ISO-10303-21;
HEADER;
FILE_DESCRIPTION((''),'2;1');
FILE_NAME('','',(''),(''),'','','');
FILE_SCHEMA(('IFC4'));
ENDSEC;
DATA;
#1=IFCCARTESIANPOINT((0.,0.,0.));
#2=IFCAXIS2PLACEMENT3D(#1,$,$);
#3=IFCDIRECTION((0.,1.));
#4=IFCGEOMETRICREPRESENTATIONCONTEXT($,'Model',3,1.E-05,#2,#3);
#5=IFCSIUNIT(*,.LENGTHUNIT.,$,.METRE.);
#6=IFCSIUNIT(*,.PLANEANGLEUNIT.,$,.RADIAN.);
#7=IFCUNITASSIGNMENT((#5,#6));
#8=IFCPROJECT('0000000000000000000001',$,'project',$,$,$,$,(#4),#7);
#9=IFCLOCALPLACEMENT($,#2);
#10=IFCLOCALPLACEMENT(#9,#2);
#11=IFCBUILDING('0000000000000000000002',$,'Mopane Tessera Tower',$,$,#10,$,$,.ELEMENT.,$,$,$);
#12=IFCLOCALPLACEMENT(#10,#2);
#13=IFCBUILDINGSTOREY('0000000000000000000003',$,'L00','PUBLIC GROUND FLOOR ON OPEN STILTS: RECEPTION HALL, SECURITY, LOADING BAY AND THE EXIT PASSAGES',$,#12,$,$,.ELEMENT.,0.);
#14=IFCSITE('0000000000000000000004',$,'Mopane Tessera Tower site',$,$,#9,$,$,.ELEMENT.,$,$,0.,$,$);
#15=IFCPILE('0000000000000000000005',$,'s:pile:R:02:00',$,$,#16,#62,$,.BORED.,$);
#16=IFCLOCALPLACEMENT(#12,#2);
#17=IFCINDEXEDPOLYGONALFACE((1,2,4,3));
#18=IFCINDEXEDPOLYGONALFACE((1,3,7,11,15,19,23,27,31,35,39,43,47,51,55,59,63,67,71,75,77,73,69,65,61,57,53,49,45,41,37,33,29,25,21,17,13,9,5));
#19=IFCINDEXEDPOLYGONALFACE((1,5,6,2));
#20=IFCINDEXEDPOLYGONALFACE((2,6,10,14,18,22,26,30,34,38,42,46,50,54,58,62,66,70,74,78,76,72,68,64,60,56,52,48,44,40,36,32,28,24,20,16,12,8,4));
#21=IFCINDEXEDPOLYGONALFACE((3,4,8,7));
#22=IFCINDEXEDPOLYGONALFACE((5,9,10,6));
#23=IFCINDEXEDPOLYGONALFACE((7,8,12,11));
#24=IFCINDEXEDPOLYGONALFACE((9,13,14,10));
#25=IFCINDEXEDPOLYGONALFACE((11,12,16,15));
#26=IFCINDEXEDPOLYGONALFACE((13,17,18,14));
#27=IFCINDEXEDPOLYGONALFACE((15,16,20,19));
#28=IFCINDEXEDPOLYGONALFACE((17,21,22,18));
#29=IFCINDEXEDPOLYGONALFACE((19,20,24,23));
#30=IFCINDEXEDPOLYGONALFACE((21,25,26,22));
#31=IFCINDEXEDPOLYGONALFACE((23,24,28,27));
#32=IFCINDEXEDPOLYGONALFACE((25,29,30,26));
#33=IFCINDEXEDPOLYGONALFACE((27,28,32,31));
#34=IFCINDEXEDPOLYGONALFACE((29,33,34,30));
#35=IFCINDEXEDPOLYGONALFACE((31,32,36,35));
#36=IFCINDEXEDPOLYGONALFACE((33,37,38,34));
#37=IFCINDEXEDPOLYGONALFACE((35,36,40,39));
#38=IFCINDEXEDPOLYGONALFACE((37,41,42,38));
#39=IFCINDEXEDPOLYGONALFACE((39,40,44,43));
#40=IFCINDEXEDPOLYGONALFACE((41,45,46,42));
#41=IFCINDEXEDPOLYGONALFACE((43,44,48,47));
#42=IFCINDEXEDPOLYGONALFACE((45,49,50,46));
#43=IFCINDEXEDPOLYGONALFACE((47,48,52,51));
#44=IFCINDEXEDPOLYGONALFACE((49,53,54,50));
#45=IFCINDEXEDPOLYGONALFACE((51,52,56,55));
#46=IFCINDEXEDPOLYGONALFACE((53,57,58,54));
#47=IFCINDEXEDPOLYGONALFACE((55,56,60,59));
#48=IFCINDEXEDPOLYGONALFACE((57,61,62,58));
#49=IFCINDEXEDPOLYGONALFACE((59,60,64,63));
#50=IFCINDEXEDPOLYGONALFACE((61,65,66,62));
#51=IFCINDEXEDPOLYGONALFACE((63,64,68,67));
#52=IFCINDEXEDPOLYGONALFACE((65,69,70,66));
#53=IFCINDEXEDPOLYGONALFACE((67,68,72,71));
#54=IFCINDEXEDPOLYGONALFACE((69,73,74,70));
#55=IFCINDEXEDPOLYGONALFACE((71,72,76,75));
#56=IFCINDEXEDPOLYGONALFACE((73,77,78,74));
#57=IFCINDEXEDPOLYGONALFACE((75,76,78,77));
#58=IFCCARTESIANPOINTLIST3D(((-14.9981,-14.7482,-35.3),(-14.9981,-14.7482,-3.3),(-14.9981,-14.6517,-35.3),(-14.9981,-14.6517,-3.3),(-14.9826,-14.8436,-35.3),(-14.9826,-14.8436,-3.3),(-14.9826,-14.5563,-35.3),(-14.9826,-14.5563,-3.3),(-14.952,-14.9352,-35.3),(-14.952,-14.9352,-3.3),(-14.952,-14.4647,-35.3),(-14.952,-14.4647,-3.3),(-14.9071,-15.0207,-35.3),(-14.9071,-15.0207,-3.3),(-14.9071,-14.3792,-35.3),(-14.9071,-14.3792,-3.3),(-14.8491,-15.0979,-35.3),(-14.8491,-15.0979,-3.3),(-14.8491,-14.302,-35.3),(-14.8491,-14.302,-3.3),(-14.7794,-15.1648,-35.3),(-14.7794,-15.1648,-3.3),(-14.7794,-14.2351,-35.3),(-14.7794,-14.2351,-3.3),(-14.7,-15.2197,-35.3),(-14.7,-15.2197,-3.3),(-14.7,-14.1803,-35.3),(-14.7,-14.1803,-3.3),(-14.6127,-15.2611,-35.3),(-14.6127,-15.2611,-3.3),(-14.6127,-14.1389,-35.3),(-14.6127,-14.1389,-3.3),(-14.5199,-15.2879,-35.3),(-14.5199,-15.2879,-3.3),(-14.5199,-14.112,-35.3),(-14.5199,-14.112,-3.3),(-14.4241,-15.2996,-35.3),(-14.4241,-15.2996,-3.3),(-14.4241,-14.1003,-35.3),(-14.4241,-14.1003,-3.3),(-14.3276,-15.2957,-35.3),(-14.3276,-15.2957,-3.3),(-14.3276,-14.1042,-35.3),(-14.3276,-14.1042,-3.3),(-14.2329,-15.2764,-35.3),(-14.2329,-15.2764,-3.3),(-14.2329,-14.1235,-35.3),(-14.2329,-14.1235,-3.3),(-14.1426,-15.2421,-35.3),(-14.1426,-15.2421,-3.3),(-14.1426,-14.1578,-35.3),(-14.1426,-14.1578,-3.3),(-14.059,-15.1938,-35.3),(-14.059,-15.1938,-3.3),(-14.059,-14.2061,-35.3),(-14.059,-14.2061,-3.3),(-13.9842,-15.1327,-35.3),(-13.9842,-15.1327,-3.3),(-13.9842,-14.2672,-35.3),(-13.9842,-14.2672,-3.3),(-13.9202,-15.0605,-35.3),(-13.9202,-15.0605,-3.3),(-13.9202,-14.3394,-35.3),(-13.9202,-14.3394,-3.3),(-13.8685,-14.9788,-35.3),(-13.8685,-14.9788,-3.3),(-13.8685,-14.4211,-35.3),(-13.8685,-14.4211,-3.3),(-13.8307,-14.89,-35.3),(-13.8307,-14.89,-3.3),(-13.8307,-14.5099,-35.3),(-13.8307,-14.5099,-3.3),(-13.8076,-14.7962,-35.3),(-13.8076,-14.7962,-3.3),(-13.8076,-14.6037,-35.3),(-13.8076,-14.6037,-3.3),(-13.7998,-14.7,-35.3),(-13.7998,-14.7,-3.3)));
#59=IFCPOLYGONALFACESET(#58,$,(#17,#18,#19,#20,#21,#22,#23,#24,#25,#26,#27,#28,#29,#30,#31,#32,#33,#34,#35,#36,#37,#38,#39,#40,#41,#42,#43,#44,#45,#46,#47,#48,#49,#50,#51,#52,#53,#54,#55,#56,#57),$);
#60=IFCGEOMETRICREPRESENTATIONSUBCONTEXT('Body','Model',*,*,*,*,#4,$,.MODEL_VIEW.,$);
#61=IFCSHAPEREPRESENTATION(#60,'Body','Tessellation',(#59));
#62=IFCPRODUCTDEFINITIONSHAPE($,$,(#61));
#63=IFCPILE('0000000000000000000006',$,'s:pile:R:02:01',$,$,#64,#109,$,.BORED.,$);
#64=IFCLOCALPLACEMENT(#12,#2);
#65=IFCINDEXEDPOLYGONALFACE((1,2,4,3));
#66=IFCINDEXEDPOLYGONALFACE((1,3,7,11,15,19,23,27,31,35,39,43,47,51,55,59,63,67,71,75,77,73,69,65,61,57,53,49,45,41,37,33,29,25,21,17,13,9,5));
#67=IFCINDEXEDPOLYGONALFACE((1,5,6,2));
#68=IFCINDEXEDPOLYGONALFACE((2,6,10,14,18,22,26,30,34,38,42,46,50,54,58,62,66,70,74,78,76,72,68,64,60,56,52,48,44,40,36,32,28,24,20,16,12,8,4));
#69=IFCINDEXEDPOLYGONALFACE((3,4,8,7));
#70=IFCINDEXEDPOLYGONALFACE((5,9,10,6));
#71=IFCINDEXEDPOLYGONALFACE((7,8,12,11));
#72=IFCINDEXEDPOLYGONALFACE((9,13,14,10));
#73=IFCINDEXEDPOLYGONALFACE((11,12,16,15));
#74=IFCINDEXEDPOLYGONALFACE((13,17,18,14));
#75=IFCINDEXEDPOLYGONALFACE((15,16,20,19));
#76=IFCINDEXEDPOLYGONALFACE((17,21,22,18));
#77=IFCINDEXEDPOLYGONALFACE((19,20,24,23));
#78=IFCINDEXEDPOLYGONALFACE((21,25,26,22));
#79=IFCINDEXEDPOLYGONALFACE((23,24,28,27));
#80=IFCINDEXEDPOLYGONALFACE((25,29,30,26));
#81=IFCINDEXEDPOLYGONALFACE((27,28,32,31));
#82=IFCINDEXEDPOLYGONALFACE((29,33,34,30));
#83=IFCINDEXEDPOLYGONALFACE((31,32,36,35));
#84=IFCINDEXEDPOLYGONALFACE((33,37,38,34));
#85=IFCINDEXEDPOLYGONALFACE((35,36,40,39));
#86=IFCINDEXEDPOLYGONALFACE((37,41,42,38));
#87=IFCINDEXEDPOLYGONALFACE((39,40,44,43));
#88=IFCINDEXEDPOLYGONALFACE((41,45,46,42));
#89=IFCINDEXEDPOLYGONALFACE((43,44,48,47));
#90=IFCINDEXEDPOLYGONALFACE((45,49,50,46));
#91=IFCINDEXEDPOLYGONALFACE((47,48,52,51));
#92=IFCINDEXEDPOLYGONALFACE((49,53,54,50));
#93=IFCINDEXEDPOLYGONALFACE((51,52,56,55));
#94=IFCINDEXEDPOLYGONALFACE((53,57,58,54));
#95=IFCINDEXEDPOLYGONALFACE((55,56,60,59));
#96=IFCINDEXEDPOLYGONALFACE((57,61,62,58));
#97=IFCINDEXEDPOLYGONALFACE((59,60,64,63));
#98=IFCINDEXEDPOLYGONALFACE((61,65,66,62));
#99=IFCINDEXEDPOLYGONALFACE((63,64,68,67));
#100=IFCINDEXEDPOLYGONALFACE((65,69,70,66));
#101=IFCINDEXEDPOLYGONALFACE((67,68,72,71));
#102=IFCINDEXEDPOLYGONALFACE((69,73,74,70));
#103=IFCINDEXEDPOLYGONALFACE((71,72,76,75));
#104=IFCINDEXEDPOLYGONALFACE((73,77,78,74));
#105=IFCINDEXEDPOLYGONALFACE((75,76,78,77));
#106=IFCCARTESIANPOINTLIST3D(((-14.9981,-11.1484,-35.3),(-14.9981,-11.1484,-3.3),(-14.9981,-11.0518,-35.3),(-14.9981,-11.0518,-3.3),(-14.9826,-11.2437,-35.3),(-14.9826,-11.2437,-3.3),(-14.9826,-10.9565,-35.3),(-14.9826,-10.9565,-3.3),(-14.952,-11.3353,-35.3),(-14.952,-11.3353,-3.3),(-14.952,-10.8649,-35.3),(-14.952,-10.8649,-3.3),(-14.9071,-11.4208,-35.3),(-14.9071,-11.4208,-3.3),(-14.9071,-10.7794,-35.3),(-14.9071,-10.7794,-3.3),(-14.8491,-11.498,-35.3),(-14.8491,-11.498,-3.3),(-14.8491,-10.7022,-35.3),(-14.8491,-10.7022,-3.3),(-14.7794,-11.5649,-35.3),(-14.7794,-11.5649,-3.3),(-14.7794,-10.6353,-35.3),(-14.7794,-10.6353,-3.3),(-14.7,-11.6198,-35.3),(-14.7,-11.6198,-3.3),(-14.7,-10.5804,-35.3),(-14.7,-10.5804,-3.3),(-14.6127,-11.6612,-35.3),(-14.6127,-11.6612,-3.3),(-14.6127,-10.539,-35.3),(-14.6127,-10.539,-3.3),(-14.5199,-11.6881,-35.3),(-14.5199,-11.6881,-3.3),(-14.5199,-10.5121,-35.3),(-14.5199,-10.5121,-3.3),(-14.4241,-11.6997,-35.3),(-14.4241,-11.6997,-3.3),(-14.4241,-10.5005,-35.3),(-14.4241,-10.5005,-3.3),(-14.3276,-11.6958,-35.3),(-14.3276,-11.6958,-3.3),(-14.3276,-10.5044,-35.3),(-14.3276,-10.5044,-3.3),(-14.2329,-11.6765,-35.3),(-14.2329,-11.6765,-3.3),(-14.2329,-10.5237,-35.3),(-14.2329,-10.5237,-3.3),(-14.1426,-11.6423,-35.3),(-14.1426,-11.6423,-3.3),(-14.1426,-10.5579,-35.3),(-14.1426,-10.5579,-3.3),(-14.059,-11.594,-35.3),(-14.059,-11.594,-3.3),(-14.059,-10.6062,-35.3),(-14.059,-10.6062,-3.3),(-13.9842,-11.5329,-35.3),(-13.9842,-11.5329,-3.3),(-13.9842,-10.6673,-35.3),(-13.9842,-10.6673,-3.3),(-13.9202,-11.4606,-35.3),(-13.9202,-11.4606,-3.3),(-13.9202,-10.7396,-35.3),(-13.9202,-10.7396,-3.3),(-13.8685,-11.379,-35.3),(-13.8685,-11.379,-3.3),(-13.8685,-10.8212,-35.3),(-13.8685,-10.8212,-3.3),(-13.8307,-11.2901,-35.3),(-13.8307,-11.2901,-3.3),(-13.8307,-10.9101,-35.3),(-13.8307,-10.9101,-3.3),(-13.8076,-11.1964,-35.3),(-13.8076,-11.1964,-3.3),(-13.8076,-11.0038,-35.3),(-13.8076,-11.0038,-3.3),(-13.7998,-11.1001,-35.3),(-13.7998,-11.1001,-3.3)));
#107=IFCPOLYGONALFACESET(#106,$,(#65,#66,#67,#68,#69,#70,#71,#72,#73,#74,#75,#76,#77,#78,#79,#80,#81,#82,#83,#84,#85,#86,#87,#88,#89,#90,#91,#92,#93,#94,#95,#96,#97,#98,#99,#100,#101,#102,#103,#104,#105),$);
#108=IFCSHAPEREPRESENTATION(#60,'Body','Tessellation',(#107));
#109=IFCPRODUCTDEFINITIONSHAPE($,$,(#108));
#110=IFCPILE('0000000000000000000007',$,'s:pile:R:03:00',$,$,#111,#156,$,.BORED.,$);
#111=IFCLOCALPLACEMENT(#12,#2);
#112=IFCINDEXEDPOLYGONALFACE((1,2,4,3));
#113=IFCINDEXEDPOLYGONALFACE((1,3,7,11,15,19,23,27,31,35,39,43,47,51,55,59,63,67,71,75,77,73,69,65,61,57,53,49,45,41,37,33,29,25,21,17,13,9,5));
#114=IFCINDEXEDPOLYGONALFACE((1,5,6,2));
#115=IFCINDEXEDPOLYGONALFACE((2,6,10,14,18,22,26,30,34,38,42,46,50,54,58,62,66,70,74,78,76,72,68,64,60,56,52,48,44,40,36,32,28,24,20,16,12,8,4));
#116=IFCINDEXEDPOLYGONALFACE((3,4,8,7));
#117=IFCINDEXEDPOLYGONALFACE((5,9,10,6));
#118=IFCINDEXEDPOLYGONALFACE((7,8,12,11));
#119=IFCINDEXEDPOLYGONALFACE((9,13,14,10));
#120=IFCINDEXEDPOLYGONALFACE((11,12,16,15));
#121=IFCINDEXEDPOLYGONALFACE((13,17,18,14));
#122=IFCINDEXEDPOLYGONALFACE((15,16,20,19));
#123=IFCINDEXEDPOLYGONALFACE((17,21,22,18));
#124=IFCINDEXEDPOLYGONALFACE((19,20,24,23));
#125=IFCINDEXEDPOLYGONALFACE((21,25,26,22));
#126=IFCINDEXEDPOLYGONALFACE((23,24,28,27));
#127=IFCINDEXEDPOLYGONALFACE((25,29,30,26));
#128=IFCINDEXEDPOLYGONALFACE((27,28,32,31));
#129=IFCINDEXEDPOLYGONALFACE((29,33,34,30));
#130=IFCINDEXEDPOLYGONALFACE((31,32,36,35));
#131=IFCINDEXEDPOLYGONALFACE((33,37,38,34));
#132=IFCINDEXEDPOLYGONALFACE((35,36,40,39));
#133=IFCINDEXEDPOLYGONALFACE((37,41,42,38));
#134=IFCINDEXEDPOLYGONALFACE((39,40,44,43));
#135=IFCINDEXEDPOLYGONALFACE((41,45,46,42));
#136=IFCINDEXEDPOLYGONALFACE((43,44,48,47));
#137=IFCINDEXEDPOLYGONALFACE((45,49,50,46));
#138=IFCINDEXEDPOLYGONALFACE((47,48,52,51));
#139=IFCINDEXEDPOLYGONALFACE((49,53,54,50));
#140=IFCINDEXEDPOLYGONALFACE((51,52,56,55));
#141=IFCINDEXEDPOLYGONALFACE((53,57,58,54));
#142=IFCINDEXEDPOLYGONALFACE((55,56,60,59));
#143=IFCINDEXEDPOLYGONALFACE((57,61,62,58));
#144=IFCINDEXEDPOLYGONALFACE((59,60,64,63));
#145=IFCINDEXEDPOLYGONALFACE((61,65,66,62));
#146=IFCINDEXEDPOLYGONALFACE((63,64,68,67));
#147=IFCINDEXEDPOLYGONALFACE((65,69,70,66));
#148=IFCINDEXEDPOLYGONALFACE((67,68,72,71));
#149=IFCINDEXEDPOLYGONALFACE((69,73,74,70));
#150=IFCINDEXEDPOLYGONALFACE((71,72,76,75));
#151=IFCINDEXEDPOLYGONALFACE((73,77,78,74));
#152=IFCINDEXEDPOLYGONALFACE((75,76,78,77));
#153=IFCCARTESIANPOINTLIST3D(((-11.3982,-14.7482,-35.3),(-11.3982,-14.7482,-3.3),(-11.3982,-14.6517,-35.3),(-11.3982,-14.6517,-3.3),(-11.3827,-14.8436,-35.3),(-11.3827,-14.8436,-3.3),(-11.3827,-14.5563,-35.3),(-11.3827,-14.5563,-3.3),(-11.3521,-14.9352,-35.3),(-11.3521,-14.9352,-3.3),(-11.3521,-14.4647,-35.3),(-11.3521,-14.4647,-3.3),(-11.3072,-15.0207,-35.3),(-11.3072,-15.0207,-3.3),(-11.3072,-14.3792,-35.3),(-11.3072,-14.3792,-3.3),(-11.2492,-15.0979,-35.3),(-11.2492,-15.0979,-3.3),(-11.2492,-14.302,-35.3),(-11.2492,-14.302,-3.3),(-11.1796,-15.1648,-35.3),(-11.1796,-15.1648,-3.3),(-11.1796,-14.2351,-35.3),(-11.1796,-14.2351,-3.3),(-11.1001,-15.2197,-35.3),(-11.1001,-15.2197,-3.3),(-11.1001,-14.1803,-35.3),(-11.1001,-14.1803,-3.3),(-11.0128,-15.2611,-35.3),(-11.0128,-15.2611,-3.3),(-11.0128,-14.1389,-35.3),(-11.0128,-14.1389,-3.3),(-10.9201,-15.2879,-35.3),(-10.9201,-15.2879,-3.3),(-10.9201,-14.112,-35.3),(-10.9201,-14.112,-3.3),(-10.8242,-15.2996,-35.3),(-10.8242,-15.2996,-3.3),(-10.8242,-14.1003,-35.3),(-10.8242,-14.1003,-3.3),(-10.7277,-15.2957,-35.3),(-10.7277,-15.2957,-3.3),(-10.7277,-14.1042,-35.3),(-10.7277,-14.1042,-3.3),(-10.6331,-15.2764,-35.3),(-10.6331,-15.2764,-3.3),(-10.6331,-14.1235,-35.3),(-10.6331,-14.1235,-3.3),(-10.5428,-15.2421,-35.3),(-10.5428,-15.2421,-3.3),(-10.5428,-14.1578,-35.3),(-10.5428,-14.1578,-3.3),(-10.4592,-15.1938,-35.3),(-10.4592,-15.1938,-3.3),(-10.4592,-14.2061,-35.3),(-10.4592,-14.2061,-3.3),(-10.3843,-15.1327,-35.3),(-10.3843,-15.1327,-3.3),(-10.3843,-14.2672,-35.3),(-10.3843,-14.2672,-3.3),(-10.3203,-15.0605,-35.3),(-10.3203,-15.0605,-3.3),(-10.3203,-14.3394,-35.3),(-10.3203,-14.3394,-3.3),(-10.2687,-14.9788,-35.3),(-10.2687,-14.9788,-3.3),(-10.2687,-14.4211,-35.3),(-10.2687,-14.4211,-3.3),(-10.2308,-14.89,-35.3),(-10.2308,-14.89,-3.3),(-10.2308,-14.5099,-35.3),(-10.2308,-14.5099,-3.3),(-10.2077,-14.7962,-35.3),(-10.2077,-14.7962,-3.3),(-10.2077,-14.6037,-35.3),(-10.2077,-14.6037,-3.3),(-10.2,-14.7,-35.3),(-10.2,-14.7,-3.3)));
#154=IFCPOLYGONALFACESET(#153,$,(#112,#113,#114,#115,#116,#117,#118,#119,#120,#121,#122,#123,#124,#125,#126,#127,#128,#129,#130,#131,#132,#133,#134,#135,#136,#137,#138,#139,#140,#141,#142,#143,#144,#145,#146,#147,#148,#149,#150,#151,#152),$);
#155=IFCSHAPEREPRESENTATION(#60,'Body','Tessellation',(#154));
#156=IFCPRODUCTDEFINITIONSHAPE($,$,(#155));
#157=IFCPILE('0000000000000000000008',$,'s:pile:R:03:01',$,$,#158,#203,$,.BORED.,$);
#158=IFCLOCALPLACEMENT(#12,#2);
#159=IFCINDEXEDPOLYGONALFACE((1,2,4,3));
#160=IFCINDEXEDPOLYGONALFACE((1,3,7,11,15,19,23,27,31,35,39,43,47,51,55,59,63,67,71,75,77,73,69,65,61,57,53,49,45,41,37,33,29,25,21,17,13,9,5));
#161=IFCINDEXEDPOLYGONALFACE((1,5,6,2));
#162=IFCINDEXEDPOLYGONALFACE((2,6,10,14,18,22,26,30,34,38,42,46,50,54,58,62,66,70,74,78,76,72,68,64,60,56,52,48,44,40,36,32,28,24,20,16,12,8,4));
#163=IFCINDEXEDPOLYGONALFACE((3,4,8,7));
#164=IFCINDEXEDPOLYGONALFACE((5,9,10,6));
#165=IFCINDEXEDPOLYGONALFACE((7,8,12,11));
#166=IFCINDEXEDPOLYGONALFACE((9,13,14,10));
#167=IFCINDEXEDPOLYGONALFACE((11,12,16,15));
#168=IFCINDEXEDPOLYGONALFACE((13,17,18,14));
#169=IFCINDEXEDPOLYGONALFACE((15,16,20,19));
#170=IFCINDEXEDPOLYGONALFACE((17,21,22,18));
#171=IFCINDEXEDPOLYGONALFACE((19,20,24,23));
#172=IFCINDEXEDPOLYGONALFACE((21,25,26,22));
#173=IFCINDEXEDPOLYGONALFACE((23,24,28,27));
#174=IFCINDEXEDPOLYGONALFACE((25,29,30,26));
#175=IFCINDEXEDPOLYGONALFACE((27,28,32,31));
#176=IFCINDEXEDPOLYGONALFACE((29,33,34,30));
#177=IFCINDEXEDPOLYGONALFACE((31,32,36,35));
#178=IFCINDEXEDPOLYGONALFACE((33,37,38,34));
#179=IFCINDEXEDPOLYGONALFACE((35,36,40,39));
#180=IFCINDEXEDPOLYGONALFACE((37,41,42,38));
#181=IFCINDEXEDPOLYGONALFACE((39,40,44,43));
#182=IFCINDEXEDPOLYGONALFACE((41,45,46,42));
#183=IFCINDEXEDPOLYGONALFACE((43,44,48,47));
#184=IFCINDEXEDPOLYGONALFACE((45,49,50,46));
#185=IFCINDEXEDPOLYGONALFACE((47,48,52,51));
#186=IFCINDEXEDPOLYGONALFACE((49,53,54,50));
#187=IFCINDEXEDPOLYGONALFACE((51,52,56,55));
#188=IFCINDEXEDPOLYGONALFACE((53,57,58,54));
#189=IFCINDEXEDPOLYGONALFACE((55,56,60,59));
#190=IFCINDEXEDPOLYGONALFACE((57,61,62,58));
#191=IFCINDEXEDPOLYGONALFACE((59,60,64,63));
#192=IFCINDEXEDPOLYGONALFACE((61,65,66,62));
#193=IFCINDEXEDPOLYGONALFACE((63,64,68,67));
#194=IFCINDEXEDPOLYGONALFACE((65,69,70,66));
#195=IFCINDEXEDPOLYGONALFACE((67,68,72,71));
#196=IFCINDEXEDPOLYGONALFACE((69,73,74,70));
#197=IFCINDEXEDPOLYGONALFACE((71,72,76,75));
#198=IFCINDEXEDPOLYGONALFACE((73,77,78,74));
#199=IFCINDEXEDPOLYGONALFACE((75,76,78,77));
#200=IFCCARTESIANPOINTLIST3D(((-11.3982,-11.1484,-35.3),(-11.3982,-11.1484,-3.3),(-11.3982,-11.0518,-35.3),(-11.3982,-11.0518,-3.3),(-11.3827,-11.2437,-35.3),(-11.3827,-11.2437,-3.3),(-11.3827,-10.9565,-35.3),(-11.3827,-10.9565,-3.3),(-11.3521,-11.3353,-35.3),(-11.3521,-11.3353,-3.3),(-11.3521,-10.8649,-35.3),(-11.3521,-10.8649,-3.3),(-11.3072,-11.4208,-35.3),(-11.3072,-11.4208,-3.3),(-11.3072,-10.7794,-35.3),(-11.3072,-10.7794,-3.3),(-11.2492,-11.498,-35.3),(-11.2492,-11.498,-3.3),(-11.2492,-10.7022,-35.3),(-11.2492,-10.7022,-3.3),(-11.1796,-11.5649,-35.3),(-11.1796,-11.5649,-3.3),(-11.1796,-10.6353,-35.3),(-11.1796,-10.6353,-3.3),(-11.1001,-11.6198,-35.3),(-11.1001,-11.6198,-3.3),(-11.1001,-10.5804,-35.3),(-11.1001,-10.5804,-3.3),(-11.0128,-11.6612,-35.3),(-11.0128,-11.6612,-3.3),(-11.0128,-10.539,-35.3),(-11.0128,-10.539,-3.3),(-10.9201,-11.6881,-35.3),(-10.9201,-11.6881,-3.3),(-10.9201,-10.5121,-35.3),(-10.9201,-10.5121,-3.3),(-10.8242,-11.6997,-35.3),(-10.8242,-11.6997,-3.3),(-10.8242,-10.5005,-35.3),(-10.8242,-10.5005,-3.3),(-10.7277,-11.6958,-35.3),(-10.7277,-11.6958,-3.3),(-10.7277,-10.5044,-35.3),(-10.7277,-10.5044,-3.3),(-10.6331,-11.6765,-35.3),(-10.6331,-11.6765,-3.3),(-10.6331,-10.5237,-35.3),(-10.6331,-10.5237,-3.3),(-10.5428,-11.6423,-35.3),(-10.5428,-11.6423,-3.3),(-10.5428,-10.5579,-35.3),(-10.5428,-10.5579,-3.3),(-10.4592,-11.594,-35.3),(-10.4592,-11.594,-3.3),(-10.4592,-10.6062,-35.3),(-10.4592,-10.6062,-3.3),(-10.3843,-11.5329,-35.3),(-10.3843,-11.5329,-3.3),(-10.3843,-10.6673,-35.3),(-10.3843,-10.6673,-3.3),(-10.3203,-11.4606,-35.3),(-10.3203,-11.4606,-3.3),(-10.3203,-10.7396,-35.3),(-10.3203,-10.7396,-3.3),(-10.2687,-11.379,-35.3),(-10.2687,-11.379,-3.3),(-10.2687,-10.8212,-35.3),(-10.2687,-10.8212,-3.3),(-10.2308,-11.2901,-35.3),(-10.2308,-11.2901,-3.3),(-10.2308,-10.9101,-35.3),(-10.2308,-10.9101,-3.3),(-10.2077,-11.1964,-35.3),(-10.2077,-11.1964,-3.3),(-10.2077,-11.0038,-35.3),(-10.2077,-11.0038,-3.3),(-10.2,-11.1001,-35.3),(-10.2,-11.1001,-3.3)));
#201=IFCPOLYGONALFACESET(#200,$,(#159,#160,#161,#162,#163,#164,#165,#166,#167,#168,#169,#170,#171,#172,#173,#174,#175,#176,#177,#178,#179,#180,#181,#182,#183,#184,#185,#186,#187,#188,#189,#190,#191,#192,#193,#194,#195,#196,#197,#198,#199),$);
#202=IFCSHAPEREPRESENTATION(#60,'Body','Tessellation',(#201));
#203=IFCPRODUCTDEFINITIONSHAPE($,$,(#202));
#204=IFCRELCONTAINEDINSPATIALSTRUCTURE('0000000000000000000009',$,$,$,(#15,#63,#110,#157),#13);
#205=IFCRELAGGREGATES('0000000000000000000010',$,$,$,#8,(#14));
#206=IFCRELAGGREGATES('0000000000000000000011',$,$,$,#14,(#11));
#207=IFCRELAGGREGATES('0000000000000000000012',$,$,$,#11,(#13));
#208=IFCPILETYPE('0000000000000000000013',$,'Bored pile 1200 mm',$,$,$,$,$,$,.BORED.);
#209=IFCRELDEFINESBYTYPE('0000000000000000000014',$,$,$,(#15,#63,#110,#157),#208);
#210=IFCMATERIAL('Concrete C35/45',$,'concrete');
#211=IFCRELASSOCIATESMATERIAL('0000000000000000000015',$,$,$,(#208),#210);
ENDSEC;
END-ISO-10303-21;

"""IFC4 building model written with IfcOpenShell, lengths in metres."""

from ifc_helpers import new_model, si_unit, direction, frame, origin, origin_2d, place, context, subcontext, project, spatial, circle, extrude, material, material_profile, profile_set, type_object, element, save


model = new_model("IFC4")

# Units and contexts
model_context = context("Model", 3, precision=1e-05, world=origin(), true_north=direction((0.0, 1.0)))
body_context = subcontext(model_context, "Body", "Model", "MODEL_VIEW")
ifc_project = project(units=[si_unit("LENGTHUNIT", "METRE"), si_unit("PLANEANGLEUNIT", "RADIAN")], contexts=[model_context])

# Site, building, storey
site_placement = place(None, origin())
site = spatial("IfcSite", under=ifc_project, at=site_placement, Name="Mopane Tessera Tower site", CompositionType="ELEMENT", RefElevation=0.0)
building_placement = place(site_placement, origin())
building = spatial("IfcBuilding", under=site, at=building_placement, Name="Mopane Tessera Tower", CompositionType="ELEMENT")
storey_placement = place(building_placement, origin())
storey = spatial("IfcBuildingStorey", under=building, at=storey_placement, Name="L00", Description="PUBLIC GROUND FLOOR ON OPEN STILTS: RECEPTION HALL, SECURITY, LOADING BAY AND THE EXIT PASSAGES", CompositionType="ELEMENT", Elevation=0.0)

# Piles
ifc_material_1 = material(Name="Concrete C35/45", Category="concrete")
ifc_material_profile_1 = material_profile(ifc_material_1, circle(Radius=0.6001, at=origin_2d()))
ifc_profile_set_1 = profile_set([ifc_material_profile_1], Name="Concrete C35/45")
pile_type_1 = type_object("IfcPileType", Name="Bored pile 1200 mm", PredefinedType="BORED", material=ifc_profile_set_1)
for number, where, z_axis, x_axis, name in (
    (1, (-14.3999, -14.7, -3.3), (0.0, 0.0, -1.0), (1.0, 0.0, 0.0), "s:pile:R:02:00"),
    (2, (-14.3999, -11.1001, -3.3), (0.0, 0.0, -1.0), (1.0, 0.0, 0.0), "s:pile:R:02:01"),
    (3, (-10.8, -14.7, -3.3), (0.0, 0.0, -1.0), (1.0, 0.0, 0.0), "s:pile:R:03:00"),
    (4, (-10.8, -11.1001, -3.3), (0.0, 0.0, -1.0), (1.0, 0.0, 0.0), "s:pile:R:03:01"),
):
    element("IfcPile", number, at=place(storey_placement, frame(where, z_axis=z_axis, x_axis=x_axis)), inside=storey, type_object=pile_type_1, Name=name, PredefinedType="BORED", context=body_context, shape_type="SweptSolid", body=[
        extrude(circle(Radius=0.6001, at=origin_2d()), origin(), (0.0, 0.0, 1.0), 32.0),
    ])

save(model, "model.ifc")
